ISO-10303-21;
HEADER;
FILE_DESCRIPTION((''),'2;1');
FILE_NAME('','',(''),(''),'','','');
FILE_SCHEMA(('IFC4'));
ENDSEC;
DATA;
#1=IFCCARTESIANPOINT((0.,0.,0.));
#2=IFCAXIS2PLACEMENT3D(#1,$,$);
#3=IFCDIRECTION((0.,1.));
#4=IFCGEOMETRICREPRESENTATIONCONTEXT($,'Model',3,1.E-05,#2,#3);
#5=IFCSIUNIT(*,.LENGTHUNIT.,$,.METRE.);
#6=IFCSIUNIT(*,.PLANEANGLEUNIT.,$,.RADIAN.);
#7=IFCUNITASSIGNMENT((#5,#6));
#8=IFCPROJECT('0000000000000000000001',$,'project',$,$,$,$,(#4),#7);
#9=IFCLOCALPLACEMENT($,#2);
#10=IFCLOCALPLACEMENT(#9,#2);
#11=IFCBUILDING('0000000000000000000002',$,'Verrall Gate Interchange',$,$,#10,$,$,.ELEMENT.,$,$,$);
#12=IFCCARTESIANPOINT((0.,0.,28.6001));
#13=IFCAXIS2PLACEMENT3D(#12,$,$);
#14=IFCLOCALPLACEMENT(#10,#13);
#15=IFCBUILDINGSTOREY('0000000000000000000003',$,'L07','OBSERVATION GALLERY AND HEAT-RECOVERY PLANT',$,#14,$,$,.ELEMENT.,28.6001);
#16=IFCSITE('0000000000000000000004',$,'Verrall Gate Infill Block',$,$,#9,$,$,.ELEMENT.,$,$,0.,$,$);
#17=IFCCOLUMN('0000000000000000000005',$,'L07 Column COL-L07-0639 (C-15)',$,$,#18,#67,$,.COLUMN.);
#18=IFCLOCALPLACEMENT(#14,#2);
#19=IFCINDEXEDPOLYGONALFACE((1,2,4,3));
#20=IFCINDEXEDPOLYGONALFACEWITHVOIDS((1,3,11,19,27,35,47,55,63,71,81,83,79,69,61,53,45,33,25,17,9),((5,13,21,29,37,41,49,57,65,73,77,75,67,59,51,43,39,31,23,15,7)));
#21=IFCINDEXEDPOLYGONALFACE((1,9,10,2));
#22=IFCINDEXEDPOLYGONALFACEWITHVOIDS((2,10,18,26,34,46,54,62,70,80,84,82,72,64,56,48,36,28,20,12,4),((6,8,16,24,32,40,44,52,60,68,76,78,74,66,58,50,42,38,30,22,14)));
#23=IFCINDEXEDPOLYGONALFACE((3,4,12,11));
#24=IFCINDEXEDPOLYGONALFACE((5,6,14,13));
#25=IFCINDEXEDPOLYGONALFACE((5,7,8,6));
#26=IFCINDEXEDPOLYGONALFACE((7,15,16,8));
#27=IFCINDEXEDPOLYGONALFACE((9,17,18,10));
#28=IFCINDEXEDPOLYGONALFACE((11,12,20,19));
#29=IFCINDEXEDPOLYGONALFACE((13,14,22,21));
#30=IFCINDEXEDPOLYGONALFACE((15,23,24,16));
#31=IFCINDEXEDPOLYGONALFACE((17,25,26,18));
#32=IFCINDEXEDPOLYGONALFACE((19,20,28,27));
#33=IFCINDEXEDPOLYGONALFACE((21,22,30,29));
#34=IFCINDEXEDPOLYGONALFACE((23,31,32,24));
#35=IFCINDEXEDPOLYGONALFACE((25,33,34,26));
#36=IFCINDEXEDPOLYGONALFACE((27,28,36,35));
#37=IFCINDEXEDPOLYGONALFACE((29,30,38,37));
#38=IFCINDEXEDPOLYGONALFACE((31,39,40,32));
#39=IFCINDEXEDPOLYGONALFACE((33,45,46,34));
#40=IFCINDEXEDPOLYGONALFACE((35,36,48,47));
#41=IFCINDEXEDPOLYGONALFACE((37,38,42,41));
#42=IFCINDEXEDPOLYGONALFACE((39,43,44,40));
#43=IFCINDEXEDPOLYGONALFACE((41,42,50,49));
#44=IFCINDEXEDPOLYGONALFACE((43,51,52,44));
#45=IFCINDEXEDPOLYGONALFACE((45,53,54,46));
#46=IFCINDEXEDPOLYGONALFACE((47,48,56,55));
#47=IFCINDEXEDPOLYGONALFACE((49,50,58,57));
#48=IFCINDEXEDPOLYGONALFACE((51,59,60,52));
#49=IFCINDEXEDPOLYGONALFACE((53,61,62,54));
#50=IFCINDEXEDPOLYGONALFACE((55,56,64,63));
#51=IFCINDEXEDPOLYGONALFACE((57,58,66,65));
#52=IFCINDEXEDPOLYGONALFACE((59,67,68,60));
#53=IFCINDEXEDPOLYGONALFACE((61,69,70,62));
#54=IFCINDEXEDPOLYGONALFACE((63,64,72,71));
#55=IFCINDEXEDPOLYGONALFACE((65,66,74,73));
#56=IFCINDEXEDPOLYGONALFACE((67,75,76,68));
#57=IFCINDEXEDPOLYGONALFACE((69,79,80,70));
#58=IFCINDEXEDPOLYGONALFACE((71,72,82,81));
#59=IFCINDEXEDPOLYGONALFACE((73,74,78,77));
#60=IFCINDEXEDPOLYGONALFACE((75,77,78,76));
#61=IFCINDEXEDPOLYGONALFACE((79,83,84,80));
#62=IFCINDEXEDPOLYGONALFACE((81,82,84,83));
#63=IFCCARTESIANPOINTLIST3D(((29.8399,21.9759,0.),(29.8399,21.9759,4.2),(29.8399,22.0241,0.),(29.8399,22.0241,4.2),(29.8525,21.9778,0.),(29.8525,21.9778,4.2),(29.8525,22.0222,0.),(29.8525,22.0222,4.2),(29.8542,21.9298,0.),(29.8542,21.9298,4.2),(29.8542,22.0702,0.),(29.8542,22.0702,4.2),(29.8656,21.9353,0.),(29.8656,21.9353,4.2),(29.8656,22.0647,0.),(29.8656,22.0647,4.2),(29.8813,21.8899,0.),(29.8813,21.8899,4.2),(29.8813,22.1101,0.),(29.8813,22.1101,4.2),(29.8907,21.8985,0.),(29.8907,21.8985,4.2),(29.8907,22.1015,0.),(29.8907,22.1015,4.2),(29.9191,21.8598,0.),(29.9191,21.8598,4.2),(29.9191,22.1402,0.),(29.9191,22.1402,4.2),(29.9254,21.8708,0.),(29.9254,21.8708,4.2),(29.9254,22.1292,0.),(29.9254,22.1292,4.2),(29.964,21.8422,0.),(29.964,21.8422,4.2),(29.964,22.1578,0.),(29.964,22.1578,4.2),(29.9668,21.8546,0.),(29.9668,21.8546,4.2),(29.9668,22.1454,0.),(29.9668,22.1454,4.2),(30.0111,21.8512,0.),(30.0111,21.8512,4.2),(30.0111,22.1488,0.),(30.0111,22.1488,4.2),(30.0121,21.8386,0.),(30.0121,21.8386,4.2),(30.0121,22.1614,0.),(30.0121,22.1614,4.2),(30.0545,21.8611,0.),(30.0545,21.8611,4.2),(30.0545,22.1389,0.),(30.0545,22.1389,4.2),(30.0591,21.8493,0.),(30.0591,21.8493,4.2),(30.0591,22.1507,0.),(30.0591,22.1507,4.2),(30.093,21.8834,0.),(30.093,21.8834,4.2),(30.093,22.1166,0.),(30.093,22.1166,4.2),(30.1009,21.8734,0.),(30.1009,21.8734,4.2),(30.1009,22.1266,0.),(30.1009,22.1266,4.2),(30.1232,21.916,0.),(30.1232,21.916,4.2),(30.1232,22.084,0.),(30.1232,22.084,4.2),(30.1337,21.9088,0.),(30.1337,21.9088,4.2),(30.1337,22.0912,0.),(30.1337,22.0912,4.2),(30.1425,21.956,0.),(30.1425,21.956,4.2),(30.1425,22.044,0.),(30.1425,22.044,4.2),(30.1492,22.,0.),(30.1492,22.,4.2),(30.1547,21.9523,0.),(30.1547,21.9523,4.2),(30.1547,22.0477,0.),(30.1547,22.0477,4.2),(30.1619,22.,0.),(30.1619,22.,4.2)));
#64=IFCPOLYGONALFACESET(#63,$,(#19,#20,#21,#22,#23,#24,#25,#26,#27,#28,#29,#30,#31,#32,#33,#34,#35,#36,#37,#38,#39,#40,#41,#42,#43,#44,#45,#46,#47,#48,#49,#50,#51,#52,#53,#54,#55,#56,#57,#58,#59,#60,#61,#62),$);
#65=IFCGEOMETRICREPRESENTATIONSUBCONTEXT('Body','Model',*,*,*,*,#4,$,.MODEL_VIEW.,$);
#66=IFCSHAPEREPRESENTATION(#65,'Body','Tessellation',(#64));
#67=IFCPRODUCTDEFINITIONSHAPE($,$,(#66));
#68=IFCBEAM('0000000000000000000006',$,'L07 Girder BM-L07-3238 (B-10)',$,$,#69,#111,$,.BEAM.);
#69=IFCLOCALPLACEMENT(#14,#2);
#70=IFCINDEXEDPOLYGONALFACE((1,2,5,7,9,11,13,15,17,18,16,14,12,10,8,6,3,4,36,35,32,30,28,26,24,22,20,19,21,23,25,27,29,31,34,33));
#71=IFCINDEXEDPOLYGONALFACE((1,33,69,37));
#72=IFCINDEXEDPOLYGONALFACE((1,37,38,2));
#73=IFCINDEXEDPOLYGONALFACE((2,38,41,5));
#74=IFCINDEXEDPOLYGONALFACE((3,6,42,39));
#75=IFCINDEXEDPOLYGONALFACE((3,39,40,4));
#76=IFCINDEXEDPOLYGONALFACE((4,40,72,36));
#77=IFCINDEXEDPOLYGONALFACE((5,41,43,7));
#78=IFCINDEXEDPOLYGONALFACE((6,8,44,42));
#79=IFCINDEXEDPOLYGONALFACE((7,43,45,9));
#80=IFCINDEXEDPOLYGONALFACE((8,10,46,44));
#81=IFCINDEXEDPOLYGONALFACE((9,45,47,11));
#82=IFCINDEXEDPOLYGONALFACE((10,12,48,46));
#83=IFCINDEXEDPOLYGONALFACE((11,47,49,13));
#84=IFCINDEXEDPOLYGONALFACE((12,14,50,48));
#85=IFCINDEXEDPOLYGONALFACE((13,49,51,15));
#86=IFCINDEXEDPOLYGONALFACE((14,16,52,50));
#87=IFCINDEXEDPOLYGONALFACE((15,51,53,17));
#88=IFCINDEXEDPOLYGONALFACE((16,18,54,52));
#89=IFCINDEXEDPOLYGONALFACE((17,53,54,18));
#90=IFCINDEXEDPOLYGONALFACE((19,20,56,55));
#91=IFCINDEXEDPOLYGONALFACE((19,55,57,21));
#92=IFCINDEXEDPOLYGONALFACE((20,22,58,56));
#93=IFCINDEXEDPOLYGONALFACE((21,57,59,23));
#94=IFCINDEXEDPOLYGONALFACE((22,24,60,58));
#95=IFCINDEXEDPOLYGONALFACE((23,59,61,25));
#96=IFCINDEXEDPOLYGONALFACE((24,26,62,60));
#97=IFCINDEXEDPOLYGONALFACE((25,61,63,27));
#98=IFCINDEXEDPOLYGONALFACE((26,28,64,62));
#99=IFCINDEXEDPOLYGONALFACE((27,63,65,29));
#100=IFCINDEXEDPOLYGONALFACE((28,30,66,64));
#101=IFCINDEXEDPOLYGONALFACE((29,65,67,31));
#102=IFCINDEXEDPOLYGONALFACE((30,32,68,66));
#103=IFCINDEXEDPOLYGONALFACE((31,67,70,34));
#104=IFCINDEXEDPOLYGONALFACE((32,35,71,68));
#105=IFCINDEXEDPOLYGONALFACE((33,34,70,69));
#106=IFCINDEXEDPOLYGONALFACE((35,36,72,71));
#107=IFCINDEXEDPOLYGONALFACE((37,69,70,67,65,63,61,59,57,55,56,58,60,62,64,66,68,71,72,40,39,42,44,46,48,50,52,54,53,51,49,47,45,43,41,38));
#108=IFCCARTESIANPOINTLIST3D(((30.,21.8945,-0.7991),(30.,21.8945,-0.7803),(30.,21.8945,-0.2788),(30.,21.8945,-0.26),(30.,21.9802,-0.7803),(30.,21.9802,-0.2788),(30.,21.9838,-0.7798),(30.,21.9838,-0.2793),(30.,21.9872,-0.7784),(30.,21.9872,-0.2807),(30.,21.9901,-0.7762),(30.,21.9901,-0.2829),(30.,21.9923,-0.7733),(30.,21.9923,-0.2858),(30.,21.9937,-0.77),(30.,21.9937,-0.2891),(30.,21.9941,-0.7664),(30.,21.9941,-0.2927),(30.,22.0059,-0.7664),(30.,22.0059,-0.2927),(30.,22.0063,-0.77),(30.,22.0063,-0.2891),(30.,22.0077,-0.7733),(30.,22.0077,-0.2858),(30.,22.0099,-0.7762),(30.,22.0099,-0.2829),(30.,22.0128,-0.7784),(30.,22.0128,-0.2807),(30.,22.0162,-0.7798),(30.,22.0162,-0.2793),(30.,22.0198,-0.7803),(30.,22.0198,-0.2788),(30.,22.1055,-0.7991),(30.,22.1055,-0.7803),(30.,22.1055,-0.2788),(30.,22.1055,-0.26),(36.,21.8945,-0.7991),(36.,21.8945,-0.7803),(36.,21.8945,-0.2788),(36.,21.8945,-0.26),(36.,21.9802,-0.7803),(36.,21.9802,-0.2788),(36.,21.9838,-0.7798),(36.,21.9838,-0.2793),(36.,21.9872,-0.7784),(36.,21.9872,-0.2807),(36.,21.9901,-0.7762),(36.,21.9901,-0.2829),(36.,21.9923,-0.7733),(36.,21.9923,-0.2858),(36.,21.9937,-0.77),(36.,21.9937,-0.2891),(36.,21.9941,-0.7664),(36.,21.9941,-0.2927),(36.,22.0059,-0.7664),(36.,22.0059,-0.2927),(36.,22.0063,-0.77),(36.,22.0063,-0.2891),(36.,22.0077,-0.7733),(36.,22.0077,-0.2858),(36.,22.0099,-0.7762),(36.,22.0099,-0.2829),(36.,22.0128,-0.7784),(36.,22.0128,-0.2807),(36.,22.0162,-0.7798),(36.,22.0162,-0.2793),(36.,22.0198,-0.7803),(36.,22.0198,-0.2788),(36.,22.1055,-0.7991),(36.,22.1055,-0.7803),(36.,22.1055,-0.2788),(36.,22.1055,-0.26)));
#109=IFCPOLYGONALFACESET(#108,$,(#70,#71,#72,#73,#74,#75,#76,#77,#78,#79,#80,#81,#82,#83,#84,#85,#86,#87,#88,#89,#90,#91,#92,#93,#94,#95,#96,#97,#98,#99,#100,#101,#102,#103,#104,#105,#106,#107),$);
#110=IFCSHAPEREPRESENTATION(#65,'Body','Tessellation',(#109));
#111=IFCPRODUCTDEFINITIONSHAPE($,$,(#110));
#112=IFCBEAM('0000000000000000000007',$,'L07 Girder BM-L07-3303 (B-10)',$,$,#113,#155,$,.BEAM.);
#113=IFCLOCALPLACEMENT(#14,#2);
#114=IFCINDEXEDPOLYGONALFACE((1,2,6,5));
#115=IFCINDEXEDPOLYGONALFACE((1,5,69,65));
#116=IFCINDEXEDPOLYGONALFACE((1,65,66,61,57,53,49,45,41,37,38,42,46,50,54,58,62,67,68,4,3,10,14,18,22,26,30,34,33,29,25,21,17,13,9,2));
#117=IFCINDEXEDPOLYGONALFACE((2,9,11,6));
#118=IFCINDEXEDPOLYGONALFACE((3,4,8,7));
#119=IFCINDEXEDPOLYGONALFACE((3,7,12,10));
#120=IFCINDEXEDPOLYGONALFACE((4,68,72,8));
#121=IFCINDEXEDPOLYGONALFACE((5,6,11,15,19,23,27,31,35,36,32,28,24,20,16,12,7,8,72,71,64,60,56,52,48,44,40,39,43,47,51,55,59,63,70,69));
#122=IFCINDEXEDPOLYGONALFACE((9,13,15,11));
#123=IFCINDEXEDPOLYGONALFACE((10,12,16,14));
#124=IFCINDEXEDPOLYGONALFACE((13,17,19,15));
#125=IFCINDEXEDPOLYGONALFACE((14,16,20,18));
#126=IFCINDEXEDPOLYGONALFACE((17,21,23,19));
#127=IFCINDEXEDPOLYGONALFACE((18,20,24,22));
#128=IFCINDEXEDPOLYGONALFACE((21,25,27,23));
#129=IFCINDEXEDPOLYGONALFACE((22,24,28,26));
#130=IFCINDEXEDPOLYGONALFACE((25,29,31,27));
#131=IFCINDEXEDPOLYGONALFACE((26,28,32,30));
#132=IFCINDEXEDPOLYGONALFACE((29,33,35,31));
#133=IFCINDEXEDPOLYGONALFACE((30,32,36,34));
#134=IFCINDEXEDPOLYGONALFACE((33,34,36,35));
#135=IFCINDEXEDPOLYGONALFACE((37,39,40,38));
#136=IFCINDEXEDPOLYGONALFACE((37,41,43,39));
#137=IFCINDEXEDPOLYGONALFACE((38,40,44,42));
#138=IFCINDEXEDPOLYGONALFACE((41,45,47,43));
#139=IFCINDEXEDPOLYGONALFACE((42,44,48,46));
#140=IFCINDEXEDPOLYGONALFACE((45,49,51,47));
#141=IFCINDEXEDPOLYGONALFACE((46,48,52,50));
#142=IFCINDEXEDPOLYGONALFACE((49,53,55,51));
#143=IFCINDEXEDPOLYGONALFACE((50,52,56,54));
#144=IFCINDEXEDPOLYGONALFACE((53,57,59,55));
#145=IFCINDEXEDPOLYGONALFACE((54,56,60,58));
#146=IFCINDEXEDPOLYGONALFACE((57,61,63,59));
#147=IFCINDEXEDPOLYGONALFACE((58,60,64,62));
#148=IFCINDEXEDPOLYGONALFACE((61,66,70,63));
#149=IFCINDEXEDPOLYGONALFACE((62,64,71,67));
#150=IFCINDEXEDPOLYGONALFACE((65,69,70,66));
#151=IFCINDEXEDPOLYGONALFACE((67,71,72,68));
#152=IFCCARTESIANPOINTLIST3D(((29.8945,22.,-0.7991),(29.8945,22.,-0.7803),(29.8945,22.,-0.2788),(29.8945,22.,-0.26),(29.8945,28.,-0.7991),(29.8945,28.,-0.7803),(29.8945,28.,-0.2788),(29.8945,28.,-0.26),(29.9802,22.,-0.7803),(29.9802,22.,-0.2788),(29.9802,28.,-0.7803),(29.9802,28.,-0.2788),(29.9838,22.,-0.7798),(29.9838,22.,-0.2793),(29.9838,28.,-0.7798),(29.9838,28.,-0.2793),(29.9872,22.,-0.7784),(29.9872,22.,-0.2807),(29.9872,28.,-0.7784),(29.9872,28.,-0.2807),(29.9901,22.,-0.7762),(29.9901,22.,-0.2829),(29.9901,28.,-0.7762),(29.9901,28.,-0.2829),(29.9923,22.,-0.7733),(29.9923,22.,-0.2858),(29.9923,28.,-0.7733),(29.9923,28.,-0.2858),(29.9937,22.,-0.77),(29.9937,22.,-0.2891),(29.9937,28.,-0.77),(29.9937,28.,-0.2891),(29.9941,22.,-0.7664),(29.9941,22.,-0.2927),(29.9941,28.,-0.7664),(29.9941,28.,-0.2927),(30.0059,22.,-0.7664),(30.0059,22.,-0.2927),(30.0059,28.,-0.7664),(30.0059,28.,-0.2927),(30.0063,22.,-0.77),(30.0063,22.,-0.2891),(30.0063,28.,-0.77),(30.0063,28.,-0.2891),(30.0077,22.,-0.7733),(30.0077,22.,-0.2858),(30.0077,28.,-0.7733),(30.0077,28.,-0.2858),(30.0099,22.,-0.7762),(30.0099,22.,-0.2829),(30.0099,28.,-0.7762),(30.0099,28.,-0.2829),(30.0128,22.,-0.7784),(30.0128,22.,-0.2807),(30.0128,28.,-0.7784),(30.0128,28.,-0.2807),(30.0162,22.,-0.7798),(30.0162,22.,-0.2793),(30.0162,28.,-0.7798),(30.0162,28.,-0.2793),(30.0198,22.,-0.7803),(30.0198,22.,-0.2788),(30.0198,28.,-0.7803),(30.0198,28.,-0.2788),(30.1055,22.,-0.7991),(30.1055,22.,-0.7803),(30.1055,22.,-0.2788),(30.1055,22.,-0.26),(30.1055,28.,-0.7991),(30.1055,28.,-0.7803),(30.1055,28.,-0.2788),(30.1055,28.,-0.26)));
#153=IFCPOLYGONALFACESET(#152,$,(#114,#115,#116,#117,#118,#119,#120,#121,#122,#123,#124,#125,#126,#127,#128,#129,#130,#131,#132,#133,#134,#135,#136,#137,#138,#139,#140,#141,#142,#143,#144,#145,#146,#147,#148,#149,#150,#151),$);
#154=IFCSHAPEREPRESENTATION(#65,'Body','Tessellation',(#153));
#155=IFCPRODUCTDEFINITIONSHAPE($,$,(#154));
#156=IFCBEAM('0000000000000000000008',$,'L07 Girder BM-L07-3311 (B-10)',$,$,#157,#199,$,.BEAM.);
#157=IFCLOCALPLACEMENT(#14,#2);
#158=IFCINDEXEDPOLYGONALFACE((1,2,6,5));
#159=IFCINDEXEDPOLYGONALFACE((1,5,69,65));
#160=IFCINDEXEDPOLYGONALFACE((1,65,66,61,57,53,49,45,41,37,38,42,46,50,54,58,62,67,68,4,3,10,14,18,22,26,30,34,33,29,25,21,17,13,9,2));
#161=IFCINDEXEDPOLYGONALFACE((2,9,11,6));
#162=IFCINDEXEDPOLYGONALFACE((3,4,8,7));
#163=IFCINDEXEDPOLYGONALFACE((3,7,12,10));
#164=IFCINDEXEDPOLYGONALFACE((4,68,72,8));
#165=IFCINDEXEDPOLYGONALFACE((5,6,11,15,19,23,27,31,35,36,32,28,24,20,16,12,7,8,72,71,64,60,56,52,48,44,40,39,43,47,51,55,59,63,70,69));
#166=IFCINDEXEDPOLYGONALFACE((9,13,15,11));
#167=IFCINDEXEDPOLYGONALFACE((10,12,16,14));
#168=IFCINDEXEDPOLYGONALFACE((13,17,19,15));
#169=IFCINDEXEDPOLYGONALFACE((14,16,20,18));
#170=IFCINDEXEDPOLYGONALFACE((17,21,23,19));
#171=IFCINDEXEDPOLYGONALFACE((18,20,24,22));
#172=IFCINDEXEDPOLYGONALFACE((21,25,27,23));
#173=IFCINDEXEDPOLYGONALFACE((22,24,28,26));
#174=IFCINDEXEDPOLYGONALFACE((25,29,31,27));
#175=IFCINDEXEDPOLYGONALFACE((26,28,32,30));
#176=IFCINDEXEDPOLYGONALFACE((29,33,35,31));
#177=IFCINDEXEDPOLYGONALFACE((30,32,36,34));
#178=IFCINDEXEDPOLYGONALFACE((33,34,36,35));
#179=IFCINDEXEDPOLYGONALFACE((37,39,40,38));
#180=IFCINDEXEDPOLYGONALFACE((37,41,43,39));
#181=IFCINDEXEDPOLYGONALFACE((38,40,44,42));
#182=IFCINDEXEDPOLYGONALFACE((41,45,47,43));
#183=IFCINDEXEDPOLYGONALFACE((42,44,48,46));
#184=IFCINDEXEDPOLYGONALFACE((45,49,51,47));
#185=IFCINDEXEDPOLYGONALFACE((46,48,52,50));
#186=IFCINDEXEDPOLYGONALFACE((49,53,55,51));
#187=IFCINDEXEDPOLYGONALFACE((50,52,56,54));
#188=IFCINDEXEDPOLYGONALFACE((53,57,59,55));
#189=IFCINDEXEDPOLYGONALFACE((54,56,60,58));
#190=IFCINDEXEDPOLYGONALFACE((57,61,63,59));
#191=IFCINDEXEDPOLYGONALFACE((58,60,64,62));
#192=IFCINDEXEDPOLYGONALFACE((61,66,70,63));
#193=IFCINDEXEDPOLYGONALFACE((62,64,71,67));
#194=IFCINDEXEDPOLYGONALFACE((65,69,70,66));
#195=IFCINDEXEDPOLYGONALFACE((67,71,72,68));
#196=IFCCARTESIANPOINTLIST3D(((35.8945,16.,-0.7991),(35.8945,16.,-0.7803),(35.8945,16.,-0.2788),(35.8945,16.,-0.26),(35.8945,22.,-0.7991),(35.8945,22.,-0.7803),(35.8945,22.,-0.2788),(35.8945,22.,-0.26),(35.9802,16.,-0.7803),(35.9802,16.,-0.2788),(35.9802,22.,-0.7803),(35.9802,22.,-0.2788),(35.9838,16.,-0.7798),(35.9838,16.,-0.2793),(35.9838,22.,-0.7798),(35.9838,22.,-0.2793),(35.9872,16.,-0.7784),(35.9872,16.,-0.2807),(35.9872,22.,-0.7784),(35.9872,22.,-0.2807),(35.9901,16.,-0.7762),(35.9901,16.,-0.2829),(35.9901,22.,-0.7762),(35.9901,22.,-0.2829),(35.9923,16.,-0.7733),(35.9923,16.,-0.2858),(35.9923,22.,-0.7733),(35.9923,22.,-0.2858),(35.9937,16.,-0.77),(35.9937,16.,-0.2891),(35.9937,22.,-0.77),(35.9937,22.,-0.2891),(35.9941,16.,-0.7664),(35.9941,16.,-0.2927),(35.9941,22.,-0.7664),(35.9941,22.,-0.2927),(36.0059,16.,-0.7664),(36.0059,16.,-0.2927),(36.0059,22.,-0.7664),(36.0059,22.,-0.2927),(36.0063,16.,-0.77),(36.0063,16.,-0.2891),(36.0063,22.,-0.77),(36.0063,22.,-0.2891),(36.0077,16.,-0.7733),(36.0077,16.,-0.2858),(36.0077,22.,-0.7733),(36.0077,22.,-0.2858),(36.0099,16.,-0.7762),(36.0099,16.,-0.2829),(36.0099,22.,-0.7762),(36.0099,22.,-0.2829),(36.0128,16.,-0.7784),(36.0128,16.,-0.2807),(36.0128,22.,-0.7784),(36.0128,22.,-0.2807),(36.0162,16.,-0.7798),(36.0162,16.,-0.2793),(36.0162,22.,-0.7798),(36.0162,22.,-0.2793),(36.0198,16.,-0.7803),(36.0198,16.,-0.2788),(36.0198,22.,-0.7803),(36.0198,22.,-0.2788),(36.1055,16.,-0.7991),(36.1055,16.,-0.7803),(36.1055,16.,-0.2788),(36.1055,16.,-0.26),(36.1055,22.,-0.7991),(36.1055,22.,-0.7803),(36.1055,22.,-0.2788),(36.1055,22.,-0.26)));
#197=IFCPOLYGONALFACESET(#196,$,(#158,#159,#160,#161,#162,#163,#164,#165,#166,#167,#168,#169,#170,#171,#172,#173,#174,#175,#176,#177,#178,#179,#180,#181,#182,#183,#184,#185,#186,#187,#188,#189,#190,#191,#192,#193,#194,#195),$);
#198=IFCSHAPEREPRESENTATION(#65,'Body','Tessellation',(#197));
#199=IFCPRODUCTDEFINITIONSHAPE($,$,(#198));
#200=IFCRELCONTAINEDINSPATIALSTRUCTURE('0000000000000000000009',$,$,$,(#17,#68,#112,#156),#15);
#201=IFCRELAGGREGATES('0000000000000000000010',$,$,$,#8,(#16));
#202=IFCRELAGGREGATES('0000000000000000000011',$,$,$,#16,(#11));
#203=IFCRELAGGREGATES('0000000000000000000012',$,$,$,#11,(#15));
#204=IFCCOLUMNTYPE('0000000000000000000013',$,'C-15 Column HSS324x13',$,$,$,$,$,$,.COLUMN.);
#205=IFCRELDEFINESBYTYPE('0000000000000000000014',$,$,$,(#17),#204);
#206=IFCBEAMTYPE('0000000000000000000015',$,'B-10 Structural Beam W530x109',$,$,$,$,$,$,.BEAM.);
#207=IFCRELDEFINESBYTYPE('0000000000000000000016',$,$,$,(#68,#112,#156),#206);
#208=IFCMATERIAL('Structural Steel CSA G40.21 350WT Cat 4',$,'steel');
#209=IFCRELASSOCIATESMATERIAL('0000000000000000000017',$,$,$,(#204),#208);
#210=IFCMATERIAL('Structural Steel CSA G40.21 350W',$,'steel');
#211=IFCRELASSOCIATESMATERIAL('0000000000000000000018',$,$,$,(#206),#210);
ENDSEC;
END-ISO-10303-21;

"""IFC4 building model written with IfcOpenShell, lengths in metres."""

from ifc_helpers import new_model, si_unit, direction, frame, origin, origin_2d, place, context, subcontext, project, spatial, hollow_circle, i_section, extrude, material, material_profile, profile_set, type_object, element, save


model = new_model("IFC4")

# Units and contexts
model_context = context("Model", 3, precision=1e-05, world=origin(), true_north=direction((0.0, 1.0)))
body_context = subcontext(model_context, "Body", "Model", "MODEL_VIEW")
ifc_project = project(units=[si_unit("LENGTHUNIT", "METRE"), si_unit("PLANEANGLEUNIT", "RADIAN")], contexts=[model_context])

# Site, building, storey
site_placement = place(None, origin())
site = spatial("IfcSite", under=ifc_project, at=site_placement, Name="Verrall Gate Infill Block", CompositionType="ELEMENT", RefElevation=0.0)
building_placement = place(site_placement, origin())
building = spatial("IfcBuilding", under=site, at=building_placement, Name="Verrall Gate Interchange", CompositionType="ELEMENT")
storey_placement = place(building_placement, frame((0.0, 0.0, 28.6001)))
storey = spatial("IfcBuildingStorey", under=building, at=storey_placement, Name="L07", Description="OBSERVATION GALLERY AND HEAT-RECOVERY PLANT", CompositionType="ELEMENT", Elevation=28.6001)

# Column
ifc_material_1 = material(Name="Structural Steel CSA G40.21 350WT Cat 4", Category="steel")
ifc_material_profile_1 = material_profile(ifc_material_1, hollow_circle(Radius=0.1619, WallThickness=0.0127, at=origin_2d()), Name="HSS324x13")
ifc_profile_set_1 = profile_set([ifc_material_profile_1], Name="Structural Steel CSA G40.21 350WT Cat 4")
column_type = type_object("IfcColumnType", Name="C-15 Column HSS324x13", PredefinedType="COLUMN", material=ifc_profile_set_1)
column_placement = place(storey_placement, frame((30.0, 22.0, 0.0), z_axis=(0.0, 0.0, 1.0), x_axis=(1.0, 0.0, 0.0)))
element("IfcColumn", 1, at=column_placement, inside=storey, type_object=column_type, Name="L07 Column COL-L07-0639 (C-15)", PredefinedType="COLUMN", context=body_context, shape_type="SweptSolid", body=[
    extrude(hollow_circle(Radius=0.1619, WallThickness=0.0127, at=origin_2d()), origin(), (0.0, 0.0, 1.0), 4.2),
])

# Beams
ifc_material_2 = material(Name="Structural Steel CSA G40.21 350W", Category="steel")
ifc_material_profile_2 = material_profile(ifc_material_2, i_section(OverallWidth=0.2109, OverallDepth=0.5391, WebThickness=0.0117, FlangeThickness=0.0188, FilletRadius=0.0139, at=origin_2d()), Name="W530x109")
ifc_profile_set_2 = profile_set([ifc_material_profile_2], Name="Structural Steel CSA G40.21 350W")
beam_type_1 = type_object("IfcBeamType", Name="B-10 Structural Beam W530x109", PredefinedType="BEAM", material=ifc_profile_set_2)
for number, where, z_axis, x_axis, name in (
    (2, (30.0, 22.0, -0.5295), (1.0, 0.0, 0.0), (0.0, 1.0, 0.0), "L07 Girder BM-L07-3238 (B-10)"),
    (3, (30.0, 22.0, -0.5295), (0.0, 1.0, 0.0), (-1.0, 0.0, 0.0), "L07 Girder BM-L07-3303 (B-10)"),
    (4, (36.0, 16.0, -0.5295), (0.0, 1.0, 0.0), (-1.0, 0.0, 0.0), "L07 Girder BM-L07-3311 (B-10)"),
):
    element("IfcBeam", number, at=place(storey_placement, frame(where, z_axis=z_axis, x_axis=x_axis)), inside=storey, type_object=beam_type_1, Name=name, PredefinedType="BEAM", context=body_context, shape_type="SweptSolid", body=[
        extrude(i_section(OverallWidth=0.2109, OverallDepth=0.5391, WebThickness=0.0117, FlangeThickness=0.0188, FilletRadius=0.0139, at=origin_2d()), origin(), (0.0, 0.0, 1.0), 6.0),
    ])

save(model, "model.ifc")
